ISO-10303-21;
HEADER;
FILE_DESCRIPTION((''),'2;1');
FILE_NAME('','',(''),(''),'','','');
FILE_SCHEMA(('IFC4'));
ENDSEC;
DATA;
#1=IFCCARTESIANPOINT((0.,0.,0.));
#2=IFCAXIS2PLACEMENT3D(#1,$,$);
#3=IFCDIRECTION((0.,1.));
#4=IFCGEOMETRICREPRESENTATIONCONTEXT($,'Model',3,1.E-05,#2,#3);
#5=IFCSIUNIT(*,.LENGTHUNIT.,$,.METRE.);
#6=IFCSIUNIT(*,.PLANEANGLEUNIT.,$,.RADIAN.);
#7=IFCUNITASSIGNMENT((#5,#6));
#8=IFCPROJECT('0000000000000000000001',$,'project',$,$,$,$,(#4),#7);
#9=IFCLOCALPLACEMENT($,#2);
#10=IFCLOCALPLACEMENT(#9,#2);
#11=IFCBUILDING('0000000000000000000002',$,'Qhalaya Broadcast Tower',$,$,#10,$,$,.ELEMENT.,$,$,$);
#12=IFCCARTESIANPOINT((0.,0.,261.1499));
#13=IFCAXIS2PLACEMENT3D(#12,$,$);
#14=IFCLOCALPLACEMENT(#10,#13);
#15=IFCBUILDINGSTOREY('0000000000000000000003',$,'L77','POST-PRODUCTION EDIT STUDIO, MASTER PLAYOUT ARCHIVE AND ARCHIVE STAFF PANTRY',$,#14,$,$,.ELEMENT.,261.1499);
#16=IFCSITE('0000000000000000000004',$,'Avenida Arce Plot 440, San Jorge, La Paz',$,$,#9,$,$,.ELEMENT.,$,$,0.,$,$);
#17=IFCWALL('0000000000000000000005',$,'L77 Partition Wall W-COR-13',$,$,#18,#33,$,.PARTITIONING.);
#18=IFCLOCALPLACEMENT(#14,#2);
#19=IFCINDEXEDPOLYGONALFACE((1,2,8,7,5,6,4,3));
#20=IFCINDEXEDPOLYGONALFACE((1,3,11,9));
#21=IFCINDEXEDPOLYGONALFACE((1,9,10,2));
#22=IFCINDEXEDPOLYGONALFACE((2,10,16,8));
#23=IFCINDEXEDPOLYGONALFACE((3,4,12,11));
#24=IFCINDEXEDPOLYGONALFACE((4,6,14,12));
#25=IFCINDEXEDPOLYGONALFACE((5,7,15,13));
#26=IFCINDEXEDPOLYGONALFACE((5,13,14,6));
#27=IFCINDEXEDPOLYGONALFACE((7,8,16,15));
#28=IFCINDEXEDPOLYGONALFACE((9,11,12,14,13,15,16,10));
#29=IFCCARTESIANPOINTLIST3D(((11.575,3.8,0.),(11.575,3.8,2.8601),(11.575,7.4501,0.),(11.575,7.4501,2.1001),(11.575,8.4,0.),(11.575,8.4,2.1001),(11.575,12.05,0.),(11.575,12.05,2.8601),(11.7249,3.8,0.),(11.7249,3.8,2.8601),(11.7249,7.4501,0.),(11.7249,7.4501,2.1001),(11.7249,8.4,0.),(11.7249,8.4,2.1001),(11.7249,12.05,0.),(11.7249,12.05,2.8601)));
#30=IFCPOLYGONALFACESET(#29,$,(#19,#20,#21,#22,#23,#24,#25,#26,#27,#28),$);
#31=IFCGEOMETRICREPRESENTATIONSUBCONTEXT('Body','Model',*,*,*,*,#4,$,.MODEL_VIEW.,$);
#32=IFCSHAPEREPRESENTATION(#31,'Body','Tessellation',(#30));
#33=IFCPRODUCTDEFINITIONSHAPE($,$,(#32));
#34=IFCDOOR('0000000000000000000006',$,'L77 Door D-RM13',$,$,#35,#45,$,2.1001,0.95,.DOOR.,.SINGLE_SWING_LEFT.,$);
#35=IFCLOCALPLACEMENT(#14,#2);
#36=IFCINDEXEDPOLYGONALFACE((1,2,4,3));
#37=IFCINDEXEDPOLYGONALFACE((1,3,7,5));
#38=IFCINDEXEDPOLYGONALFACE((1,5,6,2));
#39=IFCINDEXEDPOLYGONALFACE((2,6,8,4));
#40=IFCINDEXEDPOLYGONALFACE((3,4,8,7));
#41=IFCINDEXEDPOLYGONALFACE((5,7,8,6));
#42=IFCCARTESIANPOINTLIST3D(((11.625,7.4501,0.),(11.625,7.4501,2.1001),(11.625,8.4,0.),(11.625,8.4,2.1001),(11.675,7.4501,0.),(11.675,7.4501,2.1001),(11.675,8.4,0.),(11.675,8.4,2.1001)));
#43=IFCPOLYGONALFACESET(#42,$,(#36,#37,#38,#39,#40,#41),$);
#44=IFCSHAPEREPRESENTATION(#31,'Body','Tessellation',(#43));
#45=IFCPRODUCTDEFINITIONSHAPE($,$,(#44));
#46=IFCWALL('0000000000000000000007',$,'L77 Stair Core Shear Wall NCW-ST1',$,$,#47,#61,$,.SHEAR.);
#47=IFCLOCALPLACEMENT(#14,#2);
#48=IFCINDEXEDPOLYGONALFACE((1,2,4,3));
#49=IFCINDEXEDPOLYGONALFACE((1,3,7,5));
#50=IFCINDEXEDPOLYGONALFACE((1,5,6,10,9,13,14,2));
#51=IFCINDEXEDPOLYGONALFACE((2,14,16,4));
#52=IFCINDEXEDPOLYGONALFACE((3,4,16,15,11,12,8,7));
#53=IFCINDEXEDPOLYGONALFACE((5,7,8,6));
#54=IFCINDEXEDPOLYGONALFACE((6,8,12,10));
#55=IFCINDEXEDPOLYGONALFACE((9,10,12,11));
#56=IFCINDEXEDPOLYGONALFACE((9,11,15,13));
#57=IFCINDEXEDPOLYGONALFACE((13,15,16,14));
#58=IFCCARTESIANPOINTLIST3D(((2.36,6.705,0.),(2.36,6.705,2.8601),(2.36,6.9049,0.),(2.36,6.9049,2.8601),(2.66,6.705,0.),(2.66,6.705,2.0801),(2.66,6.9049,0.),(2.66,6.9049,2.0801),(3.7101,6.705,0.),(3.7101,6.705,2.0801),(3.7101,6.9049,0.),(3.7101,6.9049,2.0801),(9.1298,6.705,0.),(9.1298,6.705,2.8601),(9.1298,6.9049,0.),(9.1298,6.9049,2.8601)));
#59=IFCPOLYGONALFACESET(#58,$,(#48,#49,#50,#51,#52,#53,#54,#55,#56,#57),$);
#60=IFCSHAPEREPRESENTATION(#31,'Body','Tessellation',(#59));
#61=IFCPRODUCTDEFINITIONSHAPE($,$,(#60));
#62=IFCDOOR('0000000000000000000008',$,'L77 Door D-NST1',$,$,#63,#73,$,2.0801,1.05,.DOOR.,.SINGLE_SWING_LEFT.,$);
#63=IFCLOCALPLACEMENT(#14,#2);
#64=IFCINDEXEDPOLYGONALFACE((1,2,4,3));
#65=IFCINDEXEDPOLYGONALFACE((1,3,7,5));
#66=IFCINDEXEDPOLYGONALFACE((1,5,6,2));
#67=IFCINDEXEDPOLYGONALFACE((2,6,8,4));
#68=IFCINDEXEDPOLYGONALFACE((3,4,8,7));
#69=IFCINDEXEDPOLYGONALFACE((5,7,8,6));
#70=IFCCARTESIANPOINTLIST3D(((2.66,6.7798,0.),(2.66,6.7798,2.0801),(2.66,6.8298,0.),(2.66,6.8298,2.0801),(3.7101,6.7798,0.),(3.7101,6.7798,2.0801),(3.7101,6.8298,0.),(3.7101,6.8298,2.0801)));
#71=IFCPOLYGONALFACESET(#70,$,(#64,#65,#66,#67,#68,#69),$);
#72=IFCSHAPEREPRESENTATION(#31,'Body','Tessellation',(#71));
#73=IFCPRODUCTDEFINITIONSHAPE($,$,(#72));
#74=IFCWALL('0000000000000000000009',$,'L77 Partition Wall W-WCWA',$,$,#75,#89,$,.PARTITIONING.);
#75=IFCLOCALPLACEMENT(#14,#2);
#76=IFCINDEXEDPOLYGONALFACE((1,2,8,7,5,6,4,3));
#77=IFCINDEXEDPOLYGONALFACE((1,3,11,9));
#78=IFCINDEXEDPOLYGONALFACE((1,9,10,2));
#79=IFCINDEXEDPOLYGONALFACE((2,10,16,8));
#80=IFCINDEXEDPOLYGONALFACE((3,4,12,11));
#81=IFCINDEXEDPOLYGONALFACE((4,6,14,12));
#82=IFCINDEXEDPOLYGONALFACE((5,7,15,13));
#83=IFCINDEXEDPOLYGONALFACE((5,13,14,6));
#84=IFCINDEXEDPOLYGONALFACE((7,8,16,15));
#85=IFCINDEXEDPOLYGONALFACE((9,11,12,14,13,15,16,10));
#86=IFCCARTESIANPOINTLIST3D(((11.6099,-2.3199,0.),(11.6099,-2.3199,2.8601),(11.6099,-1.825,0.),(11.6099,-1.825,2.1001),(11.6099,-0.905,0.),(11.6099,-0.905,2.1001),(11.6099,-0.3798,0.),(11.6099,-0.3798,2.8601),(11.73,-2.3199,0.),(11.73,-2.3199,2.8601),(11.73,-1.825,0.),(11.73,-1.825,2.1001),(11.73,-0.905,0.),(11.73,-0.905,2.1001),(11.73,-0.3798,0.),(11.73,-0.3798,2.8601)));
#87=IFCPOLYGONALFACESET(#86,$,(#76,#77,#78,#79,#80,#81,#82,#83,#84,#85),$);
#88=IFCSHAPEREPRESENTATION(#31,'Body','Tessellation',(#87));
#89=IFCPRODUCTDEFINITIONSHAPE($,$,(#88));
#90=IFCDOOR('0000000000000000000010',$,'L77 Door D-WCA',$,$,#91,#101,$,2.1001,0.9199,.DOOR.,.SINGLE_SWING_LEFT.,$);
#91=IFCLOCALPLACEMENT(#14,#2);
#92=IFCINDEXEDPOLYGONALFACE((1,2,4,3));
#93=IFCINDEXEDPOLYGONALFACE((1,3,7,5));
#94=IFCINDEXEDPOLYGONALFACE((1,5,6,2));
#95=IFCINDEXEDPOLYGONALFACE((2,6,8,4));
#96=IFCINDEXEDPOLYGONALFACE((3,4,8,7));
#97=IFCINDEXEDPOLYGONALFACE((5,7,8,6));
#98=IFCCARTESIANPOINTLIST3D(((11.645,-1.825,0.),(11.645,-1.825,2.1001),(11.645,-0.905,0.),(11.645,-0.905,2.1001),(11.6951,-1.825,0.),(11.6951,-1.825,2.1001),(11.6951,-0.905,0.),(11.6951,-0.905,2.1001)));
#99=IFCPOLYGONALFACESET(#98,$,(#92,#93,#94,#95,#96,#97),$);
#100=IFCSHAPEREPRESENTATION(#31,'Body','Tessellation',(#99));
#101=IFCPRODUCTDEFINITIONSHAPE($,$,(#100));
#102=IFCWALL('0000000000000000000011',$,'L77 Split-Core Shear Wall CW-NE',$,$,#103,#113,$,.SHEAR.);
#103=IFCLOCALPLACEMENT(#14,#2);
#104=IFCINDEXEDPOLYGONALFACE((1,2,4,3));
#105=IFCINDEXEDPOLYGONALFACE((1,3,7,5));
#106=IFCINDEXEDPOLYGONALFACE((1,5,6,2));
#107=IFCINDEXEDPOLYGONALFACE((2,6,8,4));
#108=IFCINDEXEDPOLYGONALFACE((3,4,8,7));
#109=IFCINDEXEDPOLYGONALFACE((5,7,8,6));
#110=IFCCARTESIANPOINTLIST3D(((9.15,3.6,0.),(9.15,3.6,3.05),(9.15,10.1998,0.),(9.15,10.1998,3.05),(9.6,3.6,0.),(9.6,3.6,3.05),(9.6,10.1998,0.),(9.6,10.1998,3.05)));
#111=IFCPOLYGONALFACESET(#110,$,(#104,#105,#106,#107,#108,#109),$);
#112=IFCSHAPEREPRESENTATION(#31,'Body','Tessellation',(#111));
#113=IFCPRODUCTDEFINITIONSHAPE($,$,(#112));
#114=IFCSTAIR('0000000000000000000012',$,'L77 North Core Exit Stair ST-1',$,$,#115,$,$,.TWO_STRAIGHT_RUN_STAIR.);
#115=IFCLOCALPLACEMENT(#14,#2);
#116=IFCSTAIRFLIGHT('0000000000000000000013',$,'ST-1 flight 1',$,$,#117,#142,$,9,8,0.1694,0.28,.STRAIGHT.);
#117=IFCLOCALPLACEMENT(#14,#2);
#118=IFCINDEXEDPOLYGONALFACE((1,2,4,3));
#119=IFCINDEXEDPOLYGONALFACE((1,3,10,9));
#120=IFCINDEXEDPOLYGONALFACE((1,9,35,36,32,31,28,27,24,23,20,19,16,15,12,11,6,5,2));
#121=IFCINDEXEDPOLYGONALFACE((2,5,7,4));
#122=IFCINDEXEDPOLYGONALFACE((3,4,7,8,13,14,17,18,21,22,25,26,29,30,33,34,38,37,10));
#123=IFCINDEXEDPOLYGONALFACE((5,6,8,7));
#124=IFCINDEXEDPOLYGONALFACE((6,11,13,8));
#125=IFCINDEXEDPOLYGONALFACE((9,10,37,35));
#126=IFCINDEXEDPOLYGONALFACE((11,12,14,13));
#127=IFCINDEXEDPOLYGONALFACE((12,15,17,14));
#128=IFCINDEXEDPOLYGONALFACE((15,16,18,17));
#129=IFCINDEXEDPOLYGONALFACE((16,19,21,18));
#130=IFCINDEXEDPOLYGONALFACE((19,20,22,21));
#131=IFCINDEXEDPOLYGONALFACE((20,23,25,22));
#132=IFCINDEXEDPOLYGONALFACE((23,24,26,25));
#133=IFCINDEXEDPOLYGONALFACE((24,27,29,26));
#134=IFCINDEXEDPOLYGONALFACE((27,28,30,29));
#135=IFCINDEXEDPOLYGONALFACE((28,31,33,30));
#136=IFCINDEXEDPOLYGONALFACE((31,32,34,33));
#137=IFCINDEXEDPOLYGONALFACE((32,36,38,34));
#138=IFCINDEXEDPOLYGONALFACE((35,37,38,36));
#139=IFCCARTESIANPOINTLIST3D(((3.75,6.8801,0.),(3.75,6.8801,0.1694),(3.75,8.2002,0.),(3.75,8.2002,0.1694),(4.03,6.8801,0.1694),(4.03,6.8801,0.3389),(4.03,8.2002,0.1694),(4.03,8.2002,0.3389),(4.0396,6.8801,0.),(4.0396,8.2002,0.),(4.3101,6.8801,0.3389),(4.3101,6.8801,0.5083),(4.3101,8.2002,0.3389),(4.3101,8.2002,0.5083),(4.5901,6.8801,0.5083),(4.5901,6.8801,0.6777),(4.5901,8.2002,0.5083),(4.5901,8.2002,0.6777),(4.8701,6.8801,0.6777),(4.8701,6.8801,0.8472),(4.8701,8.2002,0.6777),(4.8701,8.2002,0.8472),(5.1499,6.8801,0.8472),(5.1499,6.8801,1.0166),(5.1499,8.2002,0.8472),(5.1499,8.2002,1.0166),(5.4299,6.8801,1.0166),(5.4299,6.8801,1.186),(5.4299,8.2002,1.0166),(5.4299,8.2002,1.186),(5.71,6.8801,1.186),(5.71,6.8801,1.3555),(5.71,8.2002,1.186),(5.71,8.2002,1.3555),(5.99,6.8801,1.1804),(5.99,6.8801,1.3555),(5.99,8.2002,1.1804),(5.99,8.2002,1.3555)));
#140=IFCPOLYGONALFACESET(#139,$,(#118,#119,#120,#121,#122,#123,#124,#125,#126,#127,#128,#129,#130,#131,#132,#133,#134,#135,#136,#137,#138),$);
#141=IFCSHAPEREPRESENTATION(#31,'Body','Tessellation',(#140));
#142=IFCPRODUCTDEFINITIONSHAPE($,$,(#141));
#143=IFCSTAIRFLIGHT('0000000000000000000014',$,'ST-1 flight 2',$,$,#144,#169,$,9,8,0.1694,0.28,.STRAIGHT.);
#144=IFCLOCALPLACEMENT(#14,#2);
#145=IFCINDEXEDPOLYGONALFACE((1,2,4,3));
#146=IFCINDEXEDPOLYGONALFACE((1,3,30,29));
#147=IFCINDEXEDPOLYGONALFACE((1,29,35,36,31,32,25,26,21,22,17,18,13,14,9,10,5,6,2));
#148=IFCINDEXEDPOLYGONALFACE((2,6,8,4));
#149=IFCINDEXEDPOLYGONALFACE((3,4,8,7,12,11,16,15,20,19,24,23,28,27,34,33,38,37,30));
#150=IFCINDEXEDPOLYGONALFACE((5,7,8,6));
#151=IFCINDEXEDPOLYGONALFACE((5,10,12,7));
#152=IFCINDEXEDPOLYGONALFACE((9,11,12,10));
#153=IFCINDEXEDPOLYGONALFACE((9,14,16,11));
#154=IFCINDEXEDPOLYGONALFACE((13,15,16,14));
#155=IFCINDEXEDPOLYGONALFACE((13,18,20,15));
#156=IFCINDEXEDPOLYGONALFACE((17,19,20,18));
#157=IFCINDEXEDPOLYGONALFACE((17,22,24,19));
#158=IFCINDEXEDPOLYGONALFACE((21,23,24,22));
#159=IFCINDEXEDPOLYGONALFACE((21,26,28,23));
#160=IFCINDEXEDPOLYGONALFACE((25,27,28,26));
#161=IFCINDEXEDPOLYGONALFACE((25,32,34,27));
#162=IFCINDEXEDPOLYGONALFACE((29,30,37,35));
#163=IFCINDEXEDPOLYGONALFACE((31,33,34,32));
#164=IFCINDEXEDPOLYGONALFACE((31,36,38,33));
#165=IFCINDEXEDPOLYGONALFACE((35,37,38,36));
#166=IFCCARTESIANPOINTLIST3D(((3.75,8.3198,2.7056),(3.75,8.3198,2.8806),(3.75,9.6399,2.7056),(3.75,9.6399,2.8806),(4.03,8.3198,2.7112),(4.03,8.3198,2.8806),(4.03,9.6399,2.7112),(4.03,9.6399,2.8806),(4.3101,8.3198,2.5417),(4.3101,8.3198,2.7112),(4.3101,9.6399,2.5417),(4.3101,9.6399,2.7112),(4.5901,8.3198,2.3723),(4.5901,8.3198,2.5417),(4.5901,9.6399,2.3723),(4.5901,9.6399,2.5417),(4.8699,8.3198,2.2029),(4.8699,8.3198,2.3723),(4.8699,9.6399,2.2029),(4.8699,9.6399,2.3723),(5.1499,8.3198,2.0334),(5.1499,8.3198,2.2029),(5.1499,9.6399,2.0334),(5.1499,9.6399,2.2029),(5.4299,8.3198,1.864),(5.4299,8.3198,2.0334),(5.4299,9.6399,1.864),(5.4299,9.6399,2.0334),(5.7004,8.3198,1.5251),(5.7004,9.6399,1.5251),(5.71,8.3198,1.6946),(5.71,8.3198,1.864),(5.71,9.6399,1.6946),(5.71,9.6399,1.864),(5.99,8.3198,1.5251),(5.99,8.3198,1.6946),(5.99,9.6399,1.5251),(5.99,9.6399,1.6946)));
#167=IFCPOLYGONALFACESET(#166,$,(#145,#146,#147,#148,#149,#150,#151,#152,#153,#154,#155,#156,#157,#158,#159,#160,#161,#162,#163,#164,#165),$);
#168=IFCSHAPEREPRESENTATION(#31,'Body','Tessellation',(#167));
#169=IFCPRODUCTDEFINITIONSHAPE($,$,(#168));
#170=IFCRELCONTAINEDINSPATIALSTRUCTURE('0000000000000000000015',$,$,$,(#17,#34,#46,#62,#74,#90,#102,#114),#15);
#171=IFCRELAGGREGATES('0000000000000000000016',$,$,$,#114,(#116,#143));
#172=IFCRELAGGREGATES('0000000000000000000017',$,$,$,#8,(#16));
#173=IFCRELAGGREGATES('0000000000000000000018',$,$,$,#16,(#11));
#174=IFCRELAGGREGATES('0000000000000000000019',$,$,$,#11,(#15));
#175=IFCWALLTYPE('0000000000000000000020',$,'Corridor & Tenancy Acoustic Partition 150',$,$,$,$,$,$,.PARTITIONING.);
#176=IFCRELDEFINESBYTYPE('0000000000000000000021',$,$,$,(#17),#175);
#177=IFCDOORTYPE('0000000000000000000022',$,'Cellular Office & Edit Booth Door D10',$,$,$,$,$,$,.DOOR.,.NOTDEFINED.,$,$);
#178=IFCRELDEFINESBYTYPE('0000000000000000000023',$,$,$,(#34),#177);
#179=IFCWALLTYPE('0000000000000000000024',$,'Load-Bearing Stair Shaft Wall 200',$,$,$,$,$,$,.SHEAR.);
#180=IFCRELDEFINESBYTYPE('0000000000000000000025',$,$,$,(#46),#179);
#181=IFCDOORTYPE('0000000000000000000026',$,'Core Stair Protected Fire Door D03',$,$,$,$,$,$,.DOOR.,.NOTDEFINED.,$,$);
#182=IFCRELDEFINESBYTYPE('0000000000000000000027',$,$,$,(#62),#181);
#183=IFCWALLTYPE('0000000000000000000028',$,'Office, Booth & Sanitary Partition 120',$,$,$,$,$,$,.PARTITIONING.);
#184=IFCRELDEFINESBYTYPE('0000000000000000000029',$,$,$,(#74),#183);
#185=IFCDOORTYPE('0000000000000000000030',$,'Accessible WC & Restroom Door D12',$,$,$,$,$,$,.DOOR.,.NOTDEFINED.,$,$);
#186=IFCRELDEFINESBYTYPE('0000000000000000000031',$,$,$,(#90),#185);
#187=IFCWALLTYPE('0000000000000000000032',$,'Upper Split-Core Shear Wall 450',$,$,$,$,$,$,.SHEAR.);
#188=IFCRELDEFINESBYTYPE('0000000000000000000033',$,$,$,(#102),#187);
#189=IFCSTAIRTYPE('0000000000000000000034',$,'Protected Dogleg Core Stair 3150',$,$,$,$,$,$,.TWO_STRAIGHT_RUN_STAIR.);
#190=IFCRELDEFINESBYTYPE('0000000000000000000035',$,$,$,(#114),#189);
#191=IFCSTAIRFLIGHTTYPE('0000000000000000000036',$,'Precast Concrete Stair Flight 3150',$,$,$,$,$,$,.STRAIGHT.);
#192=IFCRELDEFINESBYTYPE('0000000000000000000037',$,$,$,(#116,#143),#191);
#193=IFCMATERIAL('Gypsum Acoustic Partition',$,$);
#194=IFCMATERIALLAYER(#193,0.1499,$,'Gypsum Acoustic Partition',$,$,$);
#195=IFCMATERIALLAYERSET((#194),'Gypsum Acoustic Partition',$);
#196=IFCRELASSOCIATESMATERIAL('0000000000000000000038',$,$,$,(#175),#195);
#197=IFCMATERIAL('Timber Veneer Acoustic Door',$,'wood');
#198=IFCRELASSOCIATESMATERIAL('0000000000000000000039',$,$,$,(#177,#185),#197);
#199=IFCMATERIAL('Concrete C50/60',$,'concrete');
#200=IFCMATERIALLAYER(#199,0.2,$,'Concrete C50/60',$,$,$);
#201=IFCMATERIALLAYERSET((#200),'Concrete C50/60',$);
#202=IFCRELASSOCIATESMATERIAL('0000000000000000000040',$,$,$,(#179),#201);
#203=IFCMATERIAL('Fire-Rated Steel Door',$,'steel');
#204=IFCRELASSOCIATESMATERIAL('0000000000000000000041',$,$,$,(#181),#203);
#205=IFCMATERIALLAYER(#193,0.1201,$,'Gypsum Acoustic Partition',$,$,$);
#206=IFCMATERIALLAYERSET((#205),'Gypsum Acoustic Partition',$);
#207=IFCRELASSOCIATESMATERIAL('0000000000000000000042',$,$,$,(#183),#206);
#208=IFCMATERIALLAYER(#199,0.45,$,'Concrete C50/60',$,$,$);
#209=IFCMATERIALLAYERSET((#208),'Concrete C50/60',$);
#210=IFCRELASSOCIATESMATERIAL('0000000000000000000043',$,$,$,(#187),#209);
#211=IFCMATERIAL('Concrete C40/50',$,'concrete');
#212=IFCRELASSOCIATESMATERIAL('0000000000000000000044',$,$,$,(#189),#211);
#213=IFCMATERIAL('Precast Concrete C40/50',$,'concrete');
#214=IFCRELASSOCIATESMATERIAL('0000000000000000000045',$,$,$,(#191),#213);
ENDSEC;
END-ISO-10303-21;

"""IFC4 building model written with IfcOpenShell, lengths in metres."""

from ifc_helpers import new_model, si_unit, direction, frame, frame_2d, origin, place, context, subcontext, project, spatial, polyline, rectangle, outline, extrude, material, layer, layer_set, type_object, element, fill, aggregate, save


model = new_model("IFC4")

# Units and contexts
model_context = context("Model", 3, precision=1e-05, world=origin(), true_north=direction((0.0, 1.0)))
body_context = subcontext(model_context, "Body", "Model", "MODEL_VIEW")
ifc_project = project(units=[si_unit("LENGTHUNIT", "METRE"), si_unit("PLANEANGLEUNIT", "RADIAN")], contexts=[model_context])

# Site, building, storey
site_placement = place(None, origin())
site = spatial("IfcSite", under=ifc_project, at=site_placement, Name="Avenida Arce Plot 440, San Jorge, La Paz", CompositionType="ELEMENT", RefElevation=0.0)
building_placement = place(site_placement, origin())
building = spatial("IfcBuilding", under=site, at=building_placement, Name="Qhalaya Broadcast Tower", CompositionType="ELEMENT")
storey_placement = place(building_placement, frame((0.0, 0.0, 261.1499)))
storey = spatial("IfcBuildingStorey", under=building, at=storey_placement, Name="L77", Description="POST-PRODUCTION EDIT STUDIO, MASTER PLAYOUT ARCHIVE AND ARCHIVE STAFF PANTRY", CompositionType="ELEMENT", Elevation=261.1499)

# Shared definitions
ifc_material_1 = material(Name="Concrete C50/60", Category="concrete")

# Walls, openings, doors
ifc_material_2 = material(Name="Gypsum Acoustic Partition")
ifc_layer_1 = layer(ifc_material_2, 0.1499, Name="Gypsum Acoustic Partition")
ifc_layer_set_1 = layer_set([ifc_layer_1], Name="Gypsum Acoustic Partition")
wall_type_1 = type_object("IfcWallType", Name="Corridor & Tenancy Acoustic Partition 150", PredefinedType="PARTITIONING", material=ifc_layer_set_1)
wall_1_placement = place(storey_placement, frame((11.6499, 3.8, 0.0), z_axis=(0.0, 0.0, 1.0), x_axis=(0.0, 1.0, 0.0)))
wall_1 = element("IfcWall", 1, at=wall_1_placement, inside=storey, type_object=wall_type_1, Name="L77 Partition Wall W-COR-13", PredefinedType="PARTITIONING", context=body_context, shape_type="SweptSolid", body=[
    extrude(rectangle(XDim=8.25, YDim=0.1499, at=frame_2d((4.125, 0.0))), origin(), (0.0, 0.0, 1.0), 2.8601),
])
opening_1_placement = place(wall_1_placement, frame((3.6499, 0.0, 0.0)))
opening_1 = element("IfcOpeningElement", 2, at=opening_1_placement, cuts=wall_1, PredefinedType="OPENING", context=body_context, shape_type="SweptSolid", body=[
    extrude(rectangle(XDim=0.95, YDim=2.1001, at=frame_2d((0.4751, 1.05))), frame((0.0, 0.0869, 0.0), z_axis=(0.0, -1.0, 0.0), x_axis=(1.0, 0.0, 0.0)), (0.0, 0.0, 1.0), 0.1738),
])
ifc_material_3 = material(Name="Timber Veneer Acoustic Door", Category="wood")
door_type_1 = type_object("IfcDoorType", Name="Cellular Office & Edit Booth Door D10", OperationType="NOTDEFINED", PredefinedType="DOOR", material=ifc_material_3)
door_1_placement = place(opening_1_placement, origin())
door_1 = element("IfcDoor", 3, at=door_1_placement, inside=storey, type_object=door_type_1, Name="L77 Door D-RM13", OperationType="SINGLE_SWING_LEFT", OverallHeight=2.1001, OverallWidth=0.95, PredefinedType="DOOR", context=body_context, shape_type="SweptSolid", body=[
    extrude(rectangle(XDim=0.95, YDim=2.1001, at=frame_2d((0.4751, 1.05))), frame((0.0, 0.0249, 0.0), z_axis=(0.0, -1.0, 0.0), x_axis=(1.0, 0.0, 0.0)), (0.0, 0.0, 1.0), 0.05),
])
fill(opening_1, door_1)
ifc_layer_2 = layer(ifc_material_1, 0.2, Name="Concrete C50/60")
ifc_layer_set_2 = layer_set([ifc_layer_2], Name="Concrete C50/60")
wall_type_2 = type_object("IfcWallType", Name="Load-Bearing Stair Shaft Wall 200", PredefinedType="SHEAR", material=ifc_layer_set_2)
wall_2_placement = place(storey_placement, frame((2.3601, 6.8049, 0.0), z_axis=(0.0, 0.0, 1.0), x_axis=(1.0, 0.0, 0.0)))
wall_2 = element("IfcWall", 4, at=wall_2_placement, inside=storey, type_object=wall_type_2, Name="L77 Stair Core Shear Wall NCW-ST1", PredefinedType="SHEAR", context=body_context, shape_type="SweptSolid", body=[
    extrude(rectangle(XDim=6.7698, YDim=0.2, at=frame_2d((3.3848, 0.0))), origin(), (0.0, 0.0, 1.0), 2.8601),
])
opening_2_placement = place(wall_2_placement, frame((0.3, 0.0, 0.0)))
opening_2 = element("IfcOpeningElement", 5, at=opening_2_placement, cuts=wall_2, PredefinedType="OPENING", context=body_context, shape_type="SweptSolid", body=[
    extrude(rectangle(XDim=1.05, YDim=2.0801, at=frame_2d((0.5249, 1.04))), frame((0.0, 0.1121, 0.0), z_axis=(0.0, -1.0, 0.0), x_axis=(1.0, 0.0, 0.0)), (0.0, 0.0, 1.0), 0.2239),
])
ifc_material_4 = material(Name="Fire-Rated Steel Door", Category="steel")
door_type_2 = type_object("IfcDoorType", Name="Core Stair Protected Fire Door D03", OperationType="NOTDEFINED", PredefinedType="DOOR", material=ifc_material_4)
door_2_placement = place(opening_2_placement, origin())
door_2 = element("IfcDoor", 6, at=door_2_placement, inside=storey, type_object=door_type_2, Name="L77 Door D-NST1", OperationType="SINGLE_SWING_LEFT", OverallHeight=2.0801, OverallWidth=1.05, PredefinedType="DOOR", context=body_context, shape_type="SweptSolid", body=[
    extrude(rectangle(XDim=1.05, YDim=2.0801, at=frame_2d((0.5249, 1.04))), frame((0.0, 0.0249, 0.0), z_axis=(0.0, -1.0, 0.0), x_axis=(1.0, 0.0, 0.0)), (0.0, 0.0, 1.0), 0.05),
])
fill(opening_2, door_2)
ifc_layer_3 = layer(ifc_material_2, 0.1201, Name="Gypsum Acoustic Partition")
ifc_layer_set_3 = layer_set([ifc_layer_3], Name="Gypsum Acoustic Partition")
wall_type_3 = type_object("IfcWallType", Name="Office, Booth & Sanitary Partition 120", PredefinedType="PARTITIONING", material=ifc_layer_set_3)
wall_3_placement = place(storey_placement, frame((11.6699, -2.3201, 0.0), z_axis=(0.0, 0.0, 1.0), x_axis=(0.0, 1.0, 0.0)))
wall_3 = element("IfcWall", 7, at=wall_3_placement, inside=storey, type_object=wall_type_3, Name="L77 Partition Wall W-WCWA", PredefinedType="PARTITIONING", context=body_context, shape_type="SweptSolid", body=[
    extrude(rectangle(XDim=1.9402, YDim=0.1201, at=frame_2d((0.9702, 0.0))), origin(), (0.0, 0.0, 1.0), 2.8601),
])
opening_3_placement = place(wall_3_placement, frame((0.4951, 0.0, 0.0)))
opening_3 = element("IfcOpeningElement", 8, at=opening_3_placement, cuts=wall_3, PredefinedType="OPENING", context=body_context, shape_type="SweptSolid", body=[
    extrude(rectangle(XDim=0.9199, YDim=2.1001, at=frame_2d((0.46, 1.05))), frame((0.0, 0.072, 0.0), z_axis=(0.0, -1.0, 0.0), x_axis=(1.0, 0.0, 0.0)), (0.0, 0.0, 1.0), 0.144),
])
door_type_3 = type_object("IfcDoorType", Name="Accessible WC & Restroom Door D12", OperationType="NOTDEFINED", PredefinedType="DOOR", material=ifc_material_3)
door_3_placement = place(opening_3_placement, origin())
door_3 = element("IfcDoor", 9, at=door_3_placement, inside=storey, type_object=door_type_3, Name="L77 Door D-WCA", OperationType="SINGLE_SWING_LEFT", OverallHeight=2.1001, OverallWidth=0.9199, PredefinedType="DOOR", context=body_context, shape_type="SweptSolid", body=[
    extrude(rectangle(XDim=0.9199, YDim=2.1001, at=frame_2d((0.46, 1.05))), frame((0.0, 0.0249, 0.0), z_axis=(0.0, -1.0, 0.0), x_axis=(1.0, 0.0, 0.0)), (0.0, 0.0, 1.0), 0.05),
])
fill(opening_3, door_3)

# Wall
ifc_layer_4 = layer(ifc_material_1, 0.45, Name="Concrete C50/60")
ifc_layer_set_4 = layer_set([ifc_layer_4], Name="Concrete C50/60")
wall_type_4 = type_object("IfcWallType", Name="Upper Split-Core Shear Wall 450", PredefinedType="SHEAR", material=ifc_layer_set_4)
wall_4_placement = place(storey_placement, frame((9.375, 3.6001, 0.0), z_axis=(0.0, 0.0, 1.0), x_axis=(0.0, 1.0, 0.0)))
element("IfcWall", 10, at=wall_4_placement, inside=storey, type_object=wall_type_4, Name="L77 Split-Core Shear Wall CW-NE", PredefinedType="SHEAR", context=body_context, shape_type="SweptSolid", body=[
    extrude(rectangle(XDim=6.5999, YDim=0.45, at=frame_2d((3.2998, 0.0))), origin(), (0.0, 0.0, 1.0), 3.05),
])

# Stair, stair flights
ifc_material_5 = material(Name="Concrete C40/50", Category="concrete")
stair_type = type_object("IfcStairType", Name="Protected Dogleg Core Stair 3150", PredefinedType="TWO_STRAIGHT_RUN_STAIR", material=ifc_material_5)
stair_placement = place(storey_placement, origin())
stair = element("IfcStair", 11, at=stair_placement, inside=storey, type_object=stair_type, Name="L77 North Core Exit Stair ST-1", PredefinedType="TWO_STRAIGHT_RUN_STAIR")
ifc_material_6 = material(Name="Precast Concrete C40/50", Category="concrete")
stair_flight_type = type_object("IfcStairFlightType", Name="Precast Concrete Stair Flight 3150", PredefinedType="STRAIGHT", material=ifc_material_6)
stair_flight_1_placement = place(storey_placement, frame((3.75, 7.54, 0.0), z_axis=(0.0, 0.0, 1.0), x_axis=(1.0, 0.0, 0.0)))
stair_flight_1 = element("IfcStairFlight", 12, at=stair_flight_1_placement, type_object=stair_flight_type, Name="ST-1 flight 1", NumberOfRisers=9, NumberOfTreads=8, PredefinedType="STRAIGHT", RiserHeight=0.1694, TreadLength=0.28, context=body_context, shape_type="SweptSolid", body=[
    extrude(outline(polyline([(0.0, 0.0), (0.0, 0.1694), (0.28, 0.1694), (0.28, 0.3389), (0.5601, 0.3389), (0.5601, 0.5083), (0.8401, 0.5083), (0.8401, 0.6777), (1.1201, 0.6777), (1.1201, 0.8472), (1.3999, 0.8472), (1.3999, 1.0166), (1.6799, 1.0166), (1.6799, 1.186), (1.96, 1.186), (1.96, 1.3555), (2.24, 1.3555), (2.24, 1.5249), (2.24, 1.1804), (0.2896, 0.0), (0.0, 0.0)])), frame((0.0, 0.6602, 0.0), z_axis=(0.0, -1.0, 0.0), x_axis=(1.0, 0.0, 0.0)), (0.0, 0.0, 1.0), 1.3201),
])
stair_flight_2_placement = place(storey_placement, frame((5.99, 8.98, 1.5251), z_axis=(0.0, 0.0, 1.0), x_axis=(-1.0, 0.0, 0.0)))
stair_flight_2 = element("IfcStairFlight", 13, at=stair_flight_2_placement, type_object=stair_flight_type, Name="ST-1 flight 2", NumberOfRisers=9, NumberOfTreads=8, PredefinedType="STRAIGHT", RiserHeight=0.1694, TreadLength=0.28, context=body_context, shape_type="SweptSolid", body=[
    extrude(outline(polyline([(0.0, 0.0), (0.0, 0.1694), (0.28, 0.1694), (0.28, 0.3389), (0.5601, 0.3389), (0.5601, 0.5083), (0.8401, 0.5083), (0.8401, 0.6777), (1.1201, 0.6777), (1.1201, 0.8472), (1.3999, 0.8472), (1.3999, 1.0166), (1.6799, 1.0166), (1.6799, 1.186), (1.96, 1.186), (1.96, 1.3555), (2.24, 1.3555), (2.24, 1.5249), (2.24, 1.1804), (0.2896, 0.0), (0.0, 0.0)])), frame((0.0, 0.6602, 0.0), z_axis=(0.0, -1.0, 0.0), x_axis=(1.0, 0.0, 0.0)), (0.0, 0.0, 1.0), 1.3201),
])
aggregate(stair, [stair_flight_1, stair_flight_2])

save(model, "model.ifc")
